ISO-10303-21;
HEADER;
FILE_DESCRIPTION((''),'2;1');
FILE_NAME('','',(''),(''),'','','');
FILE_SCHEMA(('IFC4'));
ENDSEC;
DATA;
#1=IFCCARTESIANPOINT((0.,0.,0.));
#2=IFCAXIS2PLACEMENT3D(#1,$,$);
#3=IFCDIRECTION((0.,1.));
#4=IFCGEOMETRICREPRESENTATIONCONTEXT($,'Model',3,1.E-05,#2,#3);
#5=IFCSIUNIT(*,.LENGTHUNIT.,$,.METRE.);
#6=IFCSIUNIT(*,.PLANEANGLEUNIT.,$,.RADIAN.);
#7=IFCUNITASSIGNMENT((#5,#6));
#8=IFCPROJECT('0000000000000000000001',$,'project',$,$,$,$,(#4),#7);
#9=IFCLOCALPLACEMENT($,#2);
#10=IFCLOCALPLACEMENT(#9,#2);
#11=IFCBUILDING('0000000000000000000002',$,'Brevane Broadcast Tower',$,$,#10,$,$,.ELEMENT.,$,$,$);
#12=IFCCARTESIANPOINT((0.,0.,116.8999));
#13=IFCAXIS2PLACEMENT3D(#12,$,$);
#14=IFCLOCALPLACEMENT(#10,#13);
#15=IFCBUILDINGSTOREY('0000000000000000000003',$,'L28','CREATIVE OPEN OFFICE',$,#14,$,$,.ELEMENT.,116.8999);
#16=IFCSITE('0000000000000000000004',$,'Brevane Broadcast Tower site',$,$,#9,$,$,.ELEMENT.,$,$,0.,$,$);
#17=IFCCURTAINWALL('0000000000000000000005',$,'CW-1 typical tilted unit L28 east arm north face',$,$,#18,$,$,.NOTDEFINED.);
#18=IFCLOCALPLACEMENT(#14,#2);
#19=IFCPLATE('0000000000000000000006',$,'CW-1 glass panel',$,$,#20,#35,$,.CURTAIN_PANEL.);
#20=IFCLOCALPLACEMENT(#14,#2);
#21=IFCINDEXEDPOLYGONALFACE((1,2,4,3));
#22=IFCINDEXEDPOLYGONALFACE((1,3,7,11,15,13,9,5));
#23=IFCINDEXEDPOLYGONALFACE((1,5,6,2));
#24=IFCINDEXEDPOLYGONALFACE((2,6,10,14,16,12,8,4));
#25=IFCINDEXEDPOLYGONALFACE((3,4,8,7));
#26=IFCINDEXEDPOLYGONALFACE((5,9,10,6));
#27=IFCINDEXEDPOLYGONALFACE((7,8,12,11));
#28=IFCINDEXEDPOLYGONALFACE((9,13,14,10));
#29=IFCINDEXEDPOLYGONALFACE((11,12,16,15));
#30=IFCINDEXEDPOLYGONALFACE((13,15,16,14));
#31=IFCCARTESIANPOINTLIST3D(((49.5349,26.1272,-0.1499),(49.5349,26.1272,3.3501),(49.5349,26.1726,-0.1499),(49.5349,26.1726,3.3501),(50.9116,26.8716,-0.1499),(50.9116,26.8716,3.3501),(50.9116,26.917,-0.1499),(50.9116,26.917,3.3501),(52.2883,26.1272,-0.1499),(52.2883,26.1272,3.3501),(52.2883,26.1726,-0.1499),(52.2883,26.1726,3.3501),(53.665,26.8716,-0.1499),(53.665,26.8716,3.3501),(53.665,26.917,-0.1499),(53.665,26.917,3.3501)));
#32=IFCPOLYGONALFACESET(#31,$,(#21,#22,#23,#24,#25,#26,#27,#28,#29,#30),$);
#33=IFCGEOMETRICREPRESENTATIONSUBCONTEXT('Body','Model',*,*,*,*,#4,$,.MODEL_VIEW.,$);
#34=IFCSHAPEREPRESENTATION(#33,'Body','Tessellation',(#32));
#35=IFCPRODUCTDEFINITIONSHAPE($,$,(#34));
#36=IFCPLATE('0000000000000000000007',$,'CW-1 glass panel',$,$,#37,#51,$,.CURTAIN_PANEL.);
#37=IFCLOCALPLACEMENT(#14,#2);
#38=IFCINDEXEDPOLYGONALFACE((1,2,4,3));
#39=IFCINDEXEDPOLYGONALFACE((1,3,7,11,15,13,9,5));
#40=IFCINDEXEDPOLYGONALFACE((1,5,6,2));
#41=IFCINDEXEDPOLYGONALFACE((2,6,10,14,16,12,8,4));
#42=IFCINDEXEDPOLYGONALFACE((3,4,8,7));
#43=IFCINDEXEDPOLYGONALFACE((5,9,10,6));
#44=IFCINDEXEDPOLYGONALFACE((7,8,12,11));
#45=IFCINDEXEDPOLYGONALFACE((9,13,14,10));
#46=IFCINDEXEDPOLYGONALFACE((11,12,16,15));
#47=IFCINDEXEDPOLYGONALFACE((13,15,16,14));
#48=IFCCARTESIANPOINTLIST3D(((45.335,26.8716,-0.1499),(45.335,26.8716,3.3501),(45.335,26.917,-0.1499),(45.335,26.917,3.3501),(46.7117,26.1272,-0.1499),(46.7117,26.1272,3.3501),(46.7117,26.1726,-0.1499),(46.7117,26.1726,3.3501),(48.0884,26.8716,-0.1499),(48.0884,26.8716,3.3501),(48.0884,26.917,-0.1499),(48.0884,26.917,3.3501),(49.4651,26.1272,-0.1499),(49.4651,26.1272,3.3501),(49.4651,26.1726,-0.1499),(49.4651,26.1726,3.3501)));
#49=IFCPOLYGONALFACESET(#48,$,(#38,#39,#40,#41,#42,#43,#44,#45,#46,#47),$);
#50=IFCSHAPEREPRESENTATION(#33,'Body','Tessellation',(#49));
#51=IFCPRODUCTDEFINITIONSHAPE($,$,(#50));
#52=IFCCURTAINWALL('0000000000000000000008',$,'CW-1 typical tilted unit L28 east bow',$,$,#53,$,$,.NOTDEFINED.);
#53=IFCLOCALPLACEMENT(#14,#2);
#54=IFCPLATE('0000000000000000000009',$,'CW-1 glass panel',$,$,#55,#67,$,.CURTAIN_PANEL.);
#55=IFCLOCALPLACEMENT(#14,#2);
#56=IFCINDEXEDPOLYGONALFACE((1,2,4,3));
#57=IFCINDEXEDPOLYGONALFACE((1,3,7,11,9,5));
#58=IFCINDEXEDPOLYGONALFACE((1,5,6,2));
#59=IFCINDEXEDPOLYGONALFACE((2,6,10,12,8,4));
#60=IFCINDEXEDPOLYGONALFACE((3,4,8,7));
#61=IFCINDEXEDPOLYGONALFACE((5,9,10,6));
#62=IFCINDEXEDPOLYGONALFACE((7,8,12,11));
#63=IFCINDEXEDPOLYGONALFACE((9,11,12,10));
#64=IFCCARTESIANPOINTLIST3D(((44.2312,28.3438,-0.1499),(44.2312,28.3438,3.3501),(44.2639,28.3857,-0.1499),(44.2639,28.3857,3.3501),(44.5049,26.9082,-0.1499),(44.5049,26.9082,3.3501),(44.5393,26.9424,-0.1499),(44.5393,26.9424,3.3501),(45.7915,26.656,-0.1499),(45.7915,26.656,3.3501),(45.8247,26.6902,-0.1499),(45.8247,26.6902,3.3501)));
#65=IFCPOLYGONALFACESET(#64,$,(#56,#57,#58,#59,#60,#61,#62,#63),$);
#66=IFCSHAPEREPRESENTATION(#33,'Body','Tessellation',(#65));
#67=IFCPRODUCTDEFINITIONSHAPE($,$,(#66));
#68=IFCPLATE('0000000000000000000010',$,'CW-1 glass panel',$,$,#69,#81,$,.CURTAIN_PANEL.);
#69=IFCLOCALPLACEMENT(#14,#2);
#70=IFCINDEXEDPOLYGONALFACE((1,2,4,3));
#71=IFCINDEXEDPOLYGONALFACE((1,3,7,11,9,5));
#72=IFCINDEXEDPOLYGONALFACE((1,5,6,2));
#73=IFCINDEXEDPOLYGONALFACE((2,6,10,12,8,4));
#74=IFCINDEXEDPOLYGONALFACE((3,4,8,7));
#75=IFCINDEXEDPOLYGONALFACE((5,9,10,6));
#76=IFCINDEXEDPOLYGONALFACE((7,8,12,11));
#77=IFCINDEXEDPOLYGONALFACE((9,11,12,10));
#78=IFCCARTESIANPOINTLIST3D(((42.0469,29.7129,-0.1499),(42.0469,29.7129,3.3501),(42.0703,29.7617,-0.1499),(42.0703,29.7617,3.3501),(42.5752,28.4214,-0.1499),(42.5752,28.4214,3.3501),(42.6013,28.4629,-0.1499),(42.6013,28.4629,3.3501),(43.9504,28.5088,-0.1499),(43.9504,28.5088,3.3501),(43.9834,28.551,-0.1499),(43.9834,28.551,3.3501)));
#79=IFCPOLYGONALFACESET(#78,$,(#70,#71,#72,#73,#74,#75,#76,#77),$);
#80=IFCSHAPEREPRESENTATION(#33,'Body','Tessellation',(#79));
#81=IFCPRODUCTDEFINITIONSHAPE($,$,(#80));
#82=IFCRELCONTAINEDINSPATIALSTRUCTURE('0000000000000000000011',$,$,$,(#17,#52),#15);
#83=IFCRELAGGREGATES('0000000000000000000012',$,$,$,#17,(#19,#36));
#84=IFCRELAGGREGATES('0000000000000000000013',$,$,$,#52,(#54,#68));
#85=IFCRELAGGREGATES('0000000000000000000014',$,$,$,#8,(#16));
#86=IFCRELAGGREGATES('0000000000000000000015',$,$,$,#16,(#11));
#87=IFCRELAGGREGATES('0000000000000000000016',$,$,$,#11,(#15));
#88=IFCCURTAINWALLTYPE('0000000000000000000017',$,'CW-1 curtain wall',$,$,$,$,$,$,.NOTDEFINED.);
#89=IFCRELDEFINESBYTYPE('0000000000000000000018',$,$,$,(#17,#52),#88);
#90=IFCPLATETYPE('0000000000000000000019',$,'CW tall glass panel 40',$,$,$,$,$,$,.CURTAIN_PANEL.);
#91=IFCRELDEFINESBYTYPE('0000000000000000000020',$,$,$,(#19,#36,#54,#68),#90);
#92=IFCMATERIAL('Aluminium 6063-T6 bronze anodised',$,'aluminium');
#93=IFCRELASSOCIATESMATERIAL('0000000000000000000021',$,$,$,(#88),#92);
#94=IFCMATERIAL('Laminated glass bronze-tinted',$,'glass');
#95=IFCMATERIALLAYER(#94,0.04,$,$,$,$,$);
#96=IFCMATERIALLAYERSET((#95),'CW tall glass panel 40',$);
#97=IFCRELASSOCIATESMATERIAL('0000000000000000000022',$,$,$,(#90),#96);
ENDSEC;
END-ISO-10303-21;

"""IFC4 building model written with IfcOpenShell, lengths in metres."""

from ifc_helpers import new_model, si_unit, direction, frame, origin, place, context, subcontext, project, spatial, polyline, outline, extrude, material, layer, layer_set, type_object, element, aggregate, save


model = new_model("IFC4")

# Units and contexts
model_context = context("Model", 3, precision=1e-05, world=origin(), true_north=direction((0.0, 1.0)))
body_context = subcontext(model_context, "Body", "Model", "MODEL_VIEW")
ifc_project = project(units=[si_unit("LENGTHUNIT", "METRE"), si_unit("PLANEANGLEUNIT", "RADIAN")], contexts=[model_context])

# Site, building, storey
site_placement = place(None, origin())
site = spatial("IfcSite", under=ifc_project, at=site_placement, Name="Brevane Broadcast Tower site", CompositionType="ELEMENT", RefElevation=0.0)
building_placement = place(site_placement, origin())
building = spatial("IfcBuilding", under=site, at=building_placement, Name="Brevane Broadcast Tower", CompositionType="ELEMENT")
storey_placement = place(building_placement, frame((0.0, 0.0, 116.8999)))
storey = spatial("IfcBuildingStorey", under=building, at=storey_placement, Name="L28", Description="CREATIVE OPEN OFFICE", CompositionType="ELEMENT", Elevation=116.8999)

# Curtain walls, plates
ifc_material_1 = material(Name="Aluminium 6063-T6 bronze anodised", Category="aluminium")
curtain_wall_type = type_object("IfcCurtainWallType", Name="CW-1 curtain wall", PredefinedType="NOTDEFINED", material=ifc_material_1)
ifc_material_2 = material(Name="Laminated glass bronze-tinted", Category="glass")
ifc_layer = layer(ifc_material_2, 0.04)
ifc_layer_set = layer_set([ifc_layer], Name="CW tall glass panel 40")
plate_type = type_object("IfcPlateType", Name="CW tall glass panel 40", PredefinedType="CURTAIN_PANEL", material=ifc_layer_set)
curtain_wall_1_placement = place(storey_placement, origin())
curtain_wall_1 = element("IfcCurtainWall", 1, at=curtain_wall_1_placement, inside=storey, type_object=curtain_wall_type, Name="CW-1 typical tilted unit L28 east arm north face", PredefinedType="NOTDEFINED")
plate_1_placement = place(storey_placement, frame((0.0, 0.0, -0.1499)))
plate_1 = element("IfcPlate", 2, at=plate_1_placement, type_object=plate_type, Name="CW-1 glass panel", PredefinedType="CURTAIN_PANEL", context=body_context, shape_type="SweptSolid", body=[
    extrude(outline(polyline([(53.665, 26.8716), (53.665, 26.917), (52.2883, 26.1726), (50.9116, 26.917), (49.5349, 26.1726), (49.5349, 26.1272), (50.9116, 26.8716), (52.2883, 26.1272), (53.665, 26.8716)])), origin(), (0.0, 0.0, 1.0), 3.5),
])
plate_2_placement = place(storey_placement, frame((0.0, 0.0, -0.1499)))
plate_2 = element("IfcPlate", 3, at=plate_2_placement, type_object=plate_type, Name="CW-1 glass panel", PredefinedType="CURTAIN_PANEL", context=body_context, shape_type="SweptSolid", body=[
    extrude(outline(polyline([(49.4651, 26.1272), (49.4651, 26.1726), (48.0884, 26.917), (46.7117, 26.1726), (45.335, 26.917), (45.335, 26.8716), (46.7117, 26.1272), (48.0884, 26.8716), (49.4651, 26.1272)])), origin(), (0.0, 0.0, 1.0), 3.5),
])
aggregate(curtain_wall_1, [plate_1, plate_2])
curtain_wall_2_placement = place(storey_placement, origin())
curtain_wall_2 = element("IfcCurtainWall", 4, at=curtain_wall_2_placement, inside=storey, type_object=curtain_wall_type, Name="CW-1 typical tilted unit L28 east bow", PredefinedType="NOTDEFINED")
plate_3_placement = place(storey_placement, frame((0.0, 0.0, -0.1499)))
plate_3 = element("IfcPlate", 5, at=plate_3_placement, type_object=plate_type, Name="CW-1 glass panel", PredefinedType="CURTAIN_PANEL", context=body_context, shape_type="SweptSolid", body=[
    extrude(outline(polyline([(45.7915, 26.656), (45.8247, 26.6902), (44.5393, 26.9424), (44.2639, 28.3857), (44.2312, 28.3438), (44.5049, 26.9082), (45.7915, 26.656)])), origin(), (0.0, 0.0, 1.0), 3.5),
])
plate_4_placement = place(storey_placement, frame((0.0, 0.0, -0.1499)))
plate_4 = element("IfcPlate", 6, at=plate_4_placement, type_object=plate_type, Name="CW-1 glass panel", PredefinedType="CURTAIN_PANEL", context=body_context, shape_type="SweptSolid", body=[
    extrude(outline(polyline([(43.9504, 28.5088), (43.9834, 28.551), (42.6013, 28.4629), (42.0703, 29.7617), (42.0469, 29.7129), (42.5752, 28.4214), (43.9504, 28.5088)])), origin(), (0.0, 0.0, 1.0), 3.5),
])
aggregate(curtain_wall_2, [plate_3, plate_4])

save(model, "model.ifc")
